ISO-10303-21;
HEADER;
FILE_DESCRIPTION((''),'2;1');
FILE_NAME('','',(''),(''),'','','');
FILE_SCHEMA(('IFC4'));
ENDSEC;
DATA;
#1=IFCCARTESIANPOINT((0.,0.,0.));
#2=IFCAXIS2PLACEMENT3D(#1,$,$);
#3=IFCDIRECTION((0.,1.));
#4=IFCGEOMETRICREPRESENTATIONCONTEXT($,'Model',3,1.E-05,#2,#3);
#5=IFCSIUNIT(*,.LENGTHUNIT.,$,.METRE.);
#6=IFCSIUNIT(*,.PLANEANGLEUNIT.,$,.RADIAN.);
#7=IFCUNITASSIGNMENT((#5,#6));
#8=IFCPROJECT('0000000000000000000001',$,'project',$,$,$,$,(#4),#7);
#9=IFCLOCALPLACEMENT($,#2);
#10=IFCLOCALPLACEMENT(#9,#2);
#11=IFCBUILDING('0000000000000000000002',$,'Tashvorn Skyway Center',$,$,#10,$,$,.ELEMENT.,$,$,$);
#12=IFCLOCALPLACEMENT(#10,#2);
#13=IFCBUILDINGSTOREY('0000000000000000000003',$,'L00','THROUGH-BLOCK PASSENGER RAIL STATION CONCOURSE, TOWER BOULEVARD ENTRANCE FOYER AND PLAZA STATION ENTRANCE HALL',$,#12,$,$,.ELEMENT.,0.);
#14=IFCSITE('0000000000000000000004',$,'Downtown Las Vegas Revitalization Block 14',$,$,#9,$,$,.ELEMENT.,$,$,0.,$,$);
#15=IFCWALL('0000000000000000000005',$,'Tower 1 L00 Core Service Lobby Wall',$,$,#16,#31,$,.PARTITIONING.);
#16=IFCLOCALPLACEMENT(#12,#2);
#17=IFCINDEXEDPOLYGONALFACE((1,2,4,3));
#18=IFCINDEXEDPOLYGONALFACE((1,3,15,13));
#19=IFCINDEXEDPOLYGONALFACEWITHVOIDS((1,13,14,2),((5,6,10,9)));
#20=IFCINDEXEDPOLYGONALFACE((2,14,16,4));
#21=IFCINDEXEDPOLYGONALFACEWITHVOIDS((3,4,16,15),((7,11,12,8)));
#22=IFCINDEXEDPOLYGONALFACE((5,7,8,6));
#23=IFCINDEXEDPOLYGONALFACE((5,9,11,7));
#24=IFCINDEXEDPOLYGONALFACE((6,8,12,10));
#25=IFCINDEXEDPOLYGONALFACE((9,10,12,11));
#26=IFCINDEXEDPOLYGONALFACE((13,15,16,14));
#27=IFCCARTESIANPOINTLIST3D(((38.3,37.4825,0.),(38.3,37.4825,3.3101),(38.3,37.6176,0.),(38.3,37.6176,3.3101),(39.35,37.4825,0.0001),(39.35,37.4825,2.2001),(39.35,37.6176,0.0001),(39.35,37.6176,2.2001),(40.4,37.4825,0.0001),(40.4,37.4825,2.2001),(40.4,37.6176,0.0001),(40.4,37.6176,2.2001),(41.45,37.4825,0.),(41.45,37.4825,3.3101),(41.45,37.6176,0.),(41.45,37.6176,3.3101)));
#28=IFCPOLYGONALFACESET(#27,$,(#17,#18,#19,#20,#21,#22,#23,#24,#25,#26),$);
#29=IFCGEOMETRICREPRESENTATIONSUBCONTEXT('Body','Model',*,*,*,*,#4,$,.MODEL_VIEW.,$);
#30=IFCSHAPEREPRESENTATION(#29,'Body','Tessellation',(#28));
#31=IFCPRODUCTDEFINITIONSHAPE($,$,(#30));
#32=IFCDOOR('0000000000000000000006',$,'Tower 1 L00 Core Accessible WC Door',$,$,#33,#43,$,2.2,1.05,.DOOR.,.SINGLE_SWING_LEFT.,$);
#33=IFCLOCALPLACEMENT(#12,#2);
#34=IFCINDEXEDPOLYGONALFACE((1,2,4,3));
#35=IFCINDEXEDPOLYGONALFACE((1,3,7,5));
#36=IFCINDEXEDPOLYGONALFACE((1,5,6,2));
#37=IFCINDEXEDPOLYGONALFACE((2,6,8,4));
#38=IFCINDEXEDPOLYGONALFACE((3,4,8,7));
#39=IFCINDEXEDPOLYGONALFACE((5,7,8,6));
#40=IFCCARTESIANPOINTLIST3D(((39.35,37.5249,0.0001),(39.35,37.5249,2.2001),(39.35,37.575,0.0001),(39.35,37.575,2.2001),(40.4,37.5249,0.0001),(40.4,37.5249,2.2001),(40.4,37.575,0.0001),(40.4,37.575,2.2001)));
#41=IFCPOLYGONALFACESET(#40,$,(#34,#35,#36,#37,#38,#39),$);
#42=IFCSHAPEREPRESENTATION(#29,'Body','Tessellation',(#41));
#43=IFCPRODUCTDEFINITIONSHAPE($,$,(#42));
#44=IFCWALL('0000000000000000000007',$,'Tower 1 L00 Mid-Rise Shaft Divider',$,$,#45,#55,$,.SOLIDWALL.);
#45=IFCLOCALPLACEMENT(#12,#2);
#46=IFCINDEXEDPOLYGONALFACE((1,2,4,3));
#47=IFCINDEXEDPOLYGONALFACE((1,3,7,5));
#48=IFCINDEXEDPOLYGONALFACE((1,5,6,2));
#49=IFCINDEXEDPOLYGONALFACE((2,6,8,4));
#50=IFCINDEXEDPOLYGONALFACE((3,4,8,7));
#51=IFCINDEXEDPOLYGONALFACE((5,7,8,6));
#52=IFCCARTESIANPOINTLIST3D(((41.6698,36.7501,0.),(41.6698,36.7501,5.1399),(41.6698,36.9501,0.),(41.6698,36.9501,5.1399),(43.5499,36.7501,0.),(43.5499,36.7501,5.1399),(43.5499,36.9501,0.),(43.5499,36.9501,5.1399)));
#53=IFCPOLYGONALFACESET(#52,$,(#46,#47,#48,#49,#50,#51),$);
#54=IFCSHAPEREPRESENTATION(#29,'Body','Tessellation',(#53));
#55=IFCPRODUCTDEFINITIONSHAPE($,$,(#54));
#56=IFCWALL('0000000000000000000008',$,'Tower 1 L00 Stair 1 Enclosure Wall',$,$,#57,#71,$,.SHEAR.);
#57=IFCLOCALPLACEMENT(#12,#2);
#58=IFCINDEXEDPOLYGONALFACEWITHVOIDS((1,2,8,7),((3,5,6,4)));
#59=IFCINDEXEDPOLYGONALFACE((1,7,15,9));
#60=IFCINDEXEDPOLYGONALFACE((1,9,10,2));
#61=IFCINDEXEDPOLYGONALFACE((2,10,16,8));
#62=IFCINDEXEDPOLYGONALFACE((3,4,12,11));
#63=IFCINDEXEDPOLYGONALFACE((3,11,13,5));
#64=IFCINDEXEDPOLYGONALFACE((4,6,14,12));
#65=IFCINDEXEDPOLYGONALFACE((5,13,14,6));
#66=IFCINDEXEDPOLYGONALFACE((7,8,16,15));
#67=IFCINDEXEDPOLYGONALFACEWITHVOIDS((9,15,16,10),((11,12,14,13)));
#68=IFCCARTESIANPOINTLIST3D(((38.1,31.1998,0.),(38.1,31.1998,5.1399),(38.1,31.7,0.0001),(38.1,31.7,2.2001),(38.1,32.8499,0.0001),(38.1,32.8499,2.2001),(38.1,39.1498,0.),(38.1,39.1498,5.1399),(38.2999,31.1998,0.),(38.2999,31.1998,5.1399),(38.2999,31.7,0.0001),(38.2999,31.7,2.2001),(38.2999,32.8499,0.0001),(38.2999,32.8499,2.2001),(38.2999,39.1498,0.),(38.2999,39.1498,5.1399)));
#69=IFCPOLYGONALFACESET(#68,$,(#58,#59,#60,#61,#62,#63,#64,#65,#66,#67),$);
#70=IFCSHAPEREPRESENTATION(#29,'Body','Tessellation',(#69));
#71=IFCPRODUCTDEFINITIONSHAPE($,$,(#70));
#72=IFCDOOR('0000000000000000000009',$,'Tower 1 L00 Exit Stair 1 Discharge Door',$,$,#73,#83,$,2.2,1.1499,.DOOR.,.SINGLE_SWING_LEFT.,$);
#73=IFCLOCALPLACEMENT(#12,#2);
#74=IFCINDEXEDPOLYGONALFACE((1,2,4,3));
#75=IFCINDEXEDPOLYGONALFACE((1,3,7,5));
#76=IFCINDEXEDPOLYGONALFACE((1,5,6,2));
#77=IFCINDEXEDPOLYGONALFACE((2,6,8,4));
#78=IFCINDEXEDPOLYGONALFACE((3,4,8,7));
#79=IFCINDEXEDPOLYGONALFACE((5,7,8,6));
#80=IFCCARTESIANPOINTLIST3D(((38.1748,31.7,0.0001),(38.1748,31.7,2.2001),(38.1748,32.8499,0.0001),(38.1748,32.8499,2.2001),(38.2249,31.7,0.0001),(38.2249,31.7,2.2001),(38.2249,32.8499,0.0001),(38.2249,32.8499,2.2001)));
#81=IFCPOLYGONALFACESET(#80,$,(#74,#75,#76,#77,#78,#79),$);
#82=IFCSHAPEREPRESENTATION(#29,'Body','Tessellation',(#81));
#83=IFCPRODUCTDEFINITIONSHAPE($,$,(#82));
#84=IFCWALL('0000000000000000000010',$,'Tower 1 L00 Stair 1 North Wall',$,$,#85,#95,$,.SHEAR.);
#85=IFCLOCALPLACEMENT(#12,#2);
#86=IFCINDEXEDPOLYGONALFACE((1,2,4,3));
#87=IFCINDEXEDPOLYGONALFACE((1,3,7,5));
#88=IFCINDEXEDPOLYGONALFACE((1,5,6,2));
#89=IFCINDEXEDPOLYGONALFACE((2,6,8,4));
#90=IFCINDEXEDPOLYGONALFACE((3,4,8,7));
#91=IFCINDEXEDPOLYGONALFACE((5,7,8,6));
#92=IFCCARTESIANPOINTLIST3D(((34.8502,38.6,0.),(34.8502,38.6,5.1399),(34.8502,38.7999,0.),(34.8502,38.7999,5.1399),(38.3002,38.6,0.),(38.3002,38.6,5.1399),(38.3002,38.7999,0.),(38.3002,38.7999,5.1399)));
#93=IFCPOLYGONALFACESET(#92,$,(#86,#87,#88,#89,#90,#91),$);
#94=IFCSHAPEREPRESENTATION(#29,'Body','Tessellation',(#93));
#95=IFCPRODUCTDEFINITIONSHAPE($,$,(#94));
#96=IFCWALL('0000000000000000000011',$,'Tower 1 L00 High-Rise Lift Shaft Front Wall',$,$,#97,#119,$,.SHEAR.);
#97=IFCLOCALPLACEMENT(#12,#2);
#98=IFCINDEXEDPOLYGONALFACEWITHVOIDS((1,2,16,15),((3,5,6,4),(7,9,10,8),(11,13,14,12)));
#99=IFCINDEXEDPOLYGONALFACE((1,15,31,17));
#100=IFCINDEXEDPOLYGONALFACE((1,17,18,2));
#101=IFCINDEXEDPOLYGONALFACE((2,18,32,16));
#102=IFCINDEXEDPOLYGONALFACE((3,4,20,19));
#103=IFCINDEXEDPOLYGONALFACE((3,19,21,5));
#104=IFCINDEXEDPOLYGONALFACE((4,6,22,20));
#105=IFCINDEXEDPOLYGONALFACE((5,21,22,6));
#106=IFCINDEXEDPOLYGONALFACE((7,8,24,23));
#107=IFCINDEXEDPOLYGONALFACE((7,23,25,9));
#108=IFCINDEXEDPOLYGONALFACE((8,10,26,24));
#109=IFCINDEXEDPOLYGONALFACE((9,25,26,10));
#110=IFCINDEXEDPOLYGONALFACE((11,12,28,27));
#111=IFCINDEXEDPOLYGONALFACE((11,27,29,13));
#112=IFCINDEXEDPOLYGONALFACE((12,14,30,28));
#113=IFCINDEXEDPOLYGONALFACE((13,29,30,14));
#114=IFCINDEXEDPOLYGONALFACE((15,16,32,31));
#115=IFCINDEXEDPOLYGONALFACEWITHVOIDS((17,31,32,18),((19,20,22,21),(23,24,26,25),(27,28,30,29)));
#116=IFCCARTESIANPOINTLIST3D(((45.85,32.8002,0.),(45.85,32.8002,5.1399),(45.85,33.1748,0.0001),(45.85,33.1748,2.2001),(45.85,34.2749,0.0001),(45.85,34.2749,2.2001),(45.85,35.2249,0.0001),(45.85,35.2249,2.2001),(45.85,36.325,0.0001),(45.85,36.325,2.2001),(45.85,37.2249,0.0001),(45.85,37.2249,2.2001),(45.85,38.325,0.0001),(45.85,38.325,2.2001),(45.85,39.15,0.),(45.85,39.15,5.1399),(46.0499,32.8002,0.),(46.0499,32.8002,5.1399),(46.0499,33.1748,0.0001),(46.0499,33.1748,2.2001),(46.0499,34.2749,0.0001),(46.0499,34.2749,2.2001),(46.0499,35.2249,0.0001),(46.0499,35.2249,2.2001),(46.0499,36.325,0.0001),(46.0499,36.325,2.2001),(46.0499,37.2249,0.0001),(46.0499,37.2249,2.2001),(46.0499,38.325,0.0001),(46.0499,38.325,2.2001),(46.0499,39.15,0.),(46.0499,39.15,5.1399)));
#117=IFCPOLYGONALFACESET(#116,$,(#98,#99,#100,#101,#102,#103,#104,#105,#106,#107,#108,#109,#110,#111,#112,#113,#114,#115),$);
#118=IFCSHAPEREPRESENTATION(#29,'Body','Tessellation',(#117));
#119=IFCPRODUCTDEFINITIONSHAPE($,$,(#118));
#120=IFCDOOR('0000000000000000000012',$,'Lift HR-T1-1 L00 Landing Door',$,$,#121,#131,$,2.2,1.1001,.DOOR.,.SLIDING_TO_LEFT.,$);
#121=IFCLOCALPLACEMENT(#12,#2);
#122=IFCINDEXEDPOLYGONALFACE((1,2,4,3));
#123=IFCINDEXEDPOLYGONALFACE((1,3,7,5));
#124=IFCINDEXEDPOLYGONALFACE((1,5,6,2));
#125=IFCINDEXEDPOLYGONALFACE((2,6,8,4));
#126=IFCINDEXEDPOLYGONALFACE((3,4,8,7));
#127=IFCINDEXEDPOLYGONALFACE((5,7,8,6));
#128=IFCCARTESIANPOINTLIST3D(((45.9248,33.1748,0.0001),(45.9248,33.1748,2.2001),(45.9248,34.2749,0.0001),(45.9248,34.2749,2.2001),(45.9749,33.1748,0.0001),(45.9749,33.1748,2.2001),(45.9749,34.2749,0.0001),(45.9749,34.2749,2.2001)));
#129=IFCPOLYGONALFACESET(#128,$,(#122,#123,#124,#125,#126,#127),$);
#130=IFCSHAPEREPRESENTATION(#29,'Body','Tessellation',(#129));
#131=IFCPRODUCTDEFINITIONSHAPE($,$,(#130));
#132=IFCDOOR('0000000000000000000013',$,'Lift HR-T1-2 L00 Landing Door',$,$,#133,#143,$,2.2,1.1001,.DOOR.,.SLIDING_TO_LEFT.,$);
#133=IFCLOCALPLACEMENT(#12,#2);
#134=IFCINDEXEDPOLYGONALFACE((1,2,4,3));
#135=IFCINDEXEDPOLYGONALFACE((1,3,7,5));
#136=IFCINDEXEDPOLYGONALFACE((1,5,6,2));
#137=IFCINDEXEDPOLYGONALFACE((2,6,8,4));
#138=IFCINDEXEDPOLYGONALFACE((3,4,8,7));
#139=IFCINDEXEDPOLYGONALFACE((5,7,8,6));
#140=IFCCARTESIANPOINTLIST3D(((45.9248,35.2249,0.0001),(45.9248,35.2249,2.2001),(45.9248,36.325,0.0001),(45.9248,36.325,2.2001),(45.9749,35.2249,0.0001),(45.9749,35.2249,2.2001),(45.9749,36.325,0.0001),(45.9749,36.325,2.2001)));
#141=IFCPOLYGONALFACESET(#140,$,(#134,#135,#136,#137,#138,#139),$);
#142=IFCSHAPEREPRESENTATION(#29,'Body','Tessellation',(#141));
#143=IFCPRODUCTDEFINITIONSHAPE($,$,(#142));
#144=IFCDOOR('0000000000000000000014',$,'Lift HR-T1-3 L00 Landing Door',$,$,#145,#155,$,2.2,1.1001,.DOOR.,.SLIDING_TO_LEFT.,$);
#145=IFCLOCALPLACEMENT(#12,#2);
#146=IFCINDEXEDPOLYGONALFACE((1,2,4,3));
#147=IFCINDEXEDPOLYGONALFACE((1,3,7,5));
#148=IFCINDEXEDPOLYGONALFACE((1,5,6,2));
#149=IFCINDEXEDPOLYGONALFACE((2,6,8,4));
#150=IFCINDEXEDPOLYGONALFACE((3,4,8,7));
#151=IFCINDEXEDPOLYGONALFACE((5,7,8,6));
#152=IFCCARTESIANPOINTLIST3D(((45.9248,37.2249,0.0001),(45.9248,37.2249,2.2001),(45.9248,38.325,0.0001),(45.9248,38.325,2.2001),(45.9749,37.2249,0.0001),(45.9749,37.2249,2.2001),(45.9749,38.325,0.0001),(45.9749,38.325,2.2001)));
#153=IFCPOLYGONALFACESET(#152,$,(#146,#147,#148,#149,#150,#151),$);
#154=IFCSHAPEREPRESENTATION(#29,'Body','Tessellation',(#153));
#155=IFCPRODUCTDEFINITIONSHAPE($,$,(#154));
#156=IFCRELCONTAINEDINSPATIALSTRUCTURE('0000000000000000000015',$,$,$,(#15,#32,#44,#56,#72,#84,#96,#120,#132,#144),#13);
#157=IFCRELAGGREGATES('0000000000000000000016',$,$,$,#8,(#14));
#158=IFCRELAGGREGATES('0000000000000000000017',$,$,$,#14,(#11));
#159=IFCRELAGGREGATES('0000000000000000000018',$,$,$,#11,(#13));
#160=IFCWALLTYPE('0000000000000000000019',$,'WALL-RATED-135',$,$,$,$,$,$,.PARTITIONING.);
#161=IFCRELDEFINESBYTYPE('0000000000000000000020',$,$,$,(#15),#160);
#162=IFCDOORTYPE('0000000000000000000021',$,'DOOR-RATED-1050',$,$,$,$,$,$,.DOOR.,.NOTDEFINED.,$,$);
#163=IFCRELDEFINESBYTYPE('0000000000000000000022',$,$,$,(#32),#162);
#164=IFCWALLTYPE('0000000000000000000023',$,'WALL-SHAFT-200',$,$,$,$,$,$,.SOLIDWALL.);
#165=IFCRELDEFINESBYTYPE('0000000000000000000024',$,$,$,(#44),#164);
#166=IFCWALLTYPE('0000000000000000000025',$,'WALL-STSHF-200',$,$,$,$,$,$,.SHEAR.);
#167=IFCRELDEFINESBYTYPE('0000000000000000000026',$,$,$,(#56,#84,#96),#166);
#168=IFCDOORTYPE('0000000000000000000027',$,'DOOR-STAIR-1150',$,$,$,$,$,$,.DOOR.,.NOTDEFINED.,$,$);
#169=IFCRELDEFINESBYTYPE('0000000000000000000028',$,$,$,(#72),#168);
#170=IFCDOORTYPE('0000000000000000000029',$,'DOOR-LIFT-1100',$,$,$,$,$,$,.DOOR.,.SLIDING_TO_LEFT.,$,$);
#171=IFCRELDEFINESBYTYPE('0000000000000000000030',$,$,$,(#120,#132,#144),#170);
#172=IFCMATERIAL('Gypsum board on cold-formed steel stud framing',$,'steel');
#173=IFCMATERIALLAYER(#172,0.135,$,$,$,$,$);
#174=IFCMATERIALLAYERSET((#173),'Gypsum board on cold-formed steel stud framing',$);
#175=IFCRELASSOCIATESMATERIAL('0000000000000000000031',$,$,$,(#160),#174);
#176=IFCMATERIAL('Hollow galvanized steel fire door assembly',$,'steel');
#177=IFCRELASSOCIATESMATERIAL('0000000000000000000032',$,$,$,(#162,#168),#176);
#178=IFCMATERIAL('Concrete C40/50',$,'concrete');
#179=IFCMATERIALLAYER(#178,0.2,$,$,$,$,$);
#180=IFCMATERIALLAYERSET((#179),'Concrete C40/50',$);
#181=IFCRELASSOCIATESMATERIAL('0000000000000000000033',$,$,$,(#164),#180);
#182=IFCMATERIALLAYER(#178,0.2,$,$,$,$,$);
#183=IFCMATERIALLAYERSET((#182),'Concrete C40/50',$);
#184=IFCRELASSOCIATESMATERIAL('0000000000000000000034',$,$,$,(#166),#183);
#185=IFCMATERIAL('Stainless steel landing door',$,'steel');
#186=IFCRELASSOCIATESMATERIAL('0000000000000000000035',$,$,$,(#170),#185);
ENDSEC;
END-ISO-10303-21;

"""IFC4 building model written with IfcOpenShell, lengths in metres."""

from ifc_helpers import new_model, si_unit, direction, frame, frame_2d, origin, place, context, subcontext, project, spatial, rectangle, extrude, material, layer, layer_set, type_object, element, fill, save


model = new_model("IFC4")

# Units and contexts
model_context = context("Model", 3, precision=1e-05, world=origin(), true_north=direction((0.0, 1.0)))
body_context = subcontext(model_context, "Body", "Model", "MODEL_VIEW")
ifc_project = project(units=[si_unit("LENGTHUNIT", "METRE"), si_unit("PLANEANGLEUNIT", "RADIAN")], contexts=[model_context])

# Site, building, storey
site_placement = place(None, origin())
site = spatial("IfcSite", under=ifc_project, at=site_placement, Name="Downtown Las Vegas Revitalization Block 14", CompositionType="ELEMENT", RefElevation=0.0)
building_placement = place(site_placement, origin())
building = spatial("IfcBuilding", under=site, at=building_placement, Name="Tashvorn Skyway Center", CompositionType="ELEMENT")
storey_placement = place(building_placement, origin())
storey = spatial("IfcBuildingStorey", under=building, at=storey_placement, Name="L00", Description="THROUGH-BLOCK PASSENGER RAIL STATION CONCOURSE, TOWER BOULEVARD ENTRANCE FOYER AND PLAZA STATION ENTRANCE HALL", CompositionType="ELEMENT", Elevation=0.0)

# Shared definitions
ifc_material_1 = material(Name="Hollow galvanized steel fire door assembly", Category="steel")

# Wall, opening, door
ifc_material_2 = material(Name="Gypsum board on cold-formed steel stud framing", Category="steel")
ifc_layer_1 = layer(ifc_material_2, 0.135)
ifc_layer_set_1 = layer_set([ifc_layer_1], Name="Gypsum board on cold-formed steel stud framing")
wall_type_1 = type_object("IfcWallType", Name="WALL-RATED-135", PredefinedType="PARTITIONING", material=ifc_layer_set_1)
wall_1_placement = place(storey_placement, frame((38.3, 37.55, 0.0), z_axis=(0.0, 0.0, 1.0), x_axis=(1.0, 0.0, 0.0)))
wall_1 = element("IfcWall", 1, at=wall_1_placement, inside=storey, type_object=wall_type_1, Name="Tower 1 L00 Core Service Lobby Wall", PredefinedType="PARTITIONING", context=body_context, shape_type="SweptSolid", body=[
    extrude(rectangle(XDim=3.1499, YDim=0.135, at=frame_2d((1.575, 0.0))), origin(), (0.0, 0.0, 1.0), 3.3101),
])
opening_1_placement = place(wall_1_placement, frame((1.05, 0.0, 0.0)))
opening_1 = element("IfcOpeningElement", 2, at=opening_1_placement, cuts=wall_1, PredefinedType="OPENING", context=body_context, shape_type="SweptSolid", body=[
    extrude(rectangle(XDim=1.05, YDim=2.2, at=frame_2d((0.5249, 1.1001))), frame((0.0, 0.0774, 0.0), z_axis=(0.0, -1.0, 0.0), x_axis=(1.0, 0.0, 0.0)), (0.0, 0.0, 1.0), 0.155),
])
door_type_1 = type_object("IfcDoorType", Name="DOOR-RATED-1050", OperationType="NOTDEFINED", PredefinedType="DOOR", material=ifc_material_1)
door_1_placement = place(opening_1_placement, origin())
door_1 = element("IfcDoor", 3, at=door_1_placement, inside=storey, type_object=door_type_1, Name="Tower 1 L00 Core Accessible WC Door", OperationType="SINGLE_SWING_LEFT", OverallHeight=2.2, OverallWidth=1.05, PredefinedType="DOOR", context=body_context, shape_type="SweptSolid", body=[
    extrude(rectangle(XDim=1.05, YDim=2.2, at=frame_2d((0.5249, 1.1001))), frame((0.0, 0.0249, 0.0), z_axis=(0.0, -1.0, 0.0), x_axis=(1.0, 0.0, 0.0)), (0.0, 0.0, 1.0), 0.05),
])
fill(opening_1, door_1)

# Wall
ifc_material_3 = material(Name="Concrete C40/50", Category="concrete")
ifc_layer_2 = layer(ifc_material_3, 0.2)
ifc_layer_set_2 = layer_set([ifc_layer_2], Name="Concrete C40/50")
wall_type_2 = type_object("IfcWallType", Name="WALL-SHAFT-200", PredefinedType="SOLIDWALL", material=ifc_layer_set_2)
wall_2_placement = place(storey_placement, frame((41.6699, 36.8501, 0.0), z_axis=(0.0, 0.0, 1.0), x_axis=(1.0, 0.0, 0.0)))
element("IfcWall", 4, at=wall_2_placement, inside=storey, type_object=wall_type_2, Name="Tower 1 L00 Mid-Rise Shaft Divider", PredefinedType="SOLIDWALL", context=body_context, shape_type="SweptSolid", body=[
    extrude(rectangle(XDim=1.8801, YDim=0.2, at=frame_2d((0.9399, 0.0))), origin(), (0.0, 0.0, 1.0), 5.1399),
])

# Wall, opening, door
ifc_layer_3 = layer(ifc_material_3, 0.2)
ifc_layer_set_3 = layer_set([ifc_layer_3], Name="Concrete C40/50")
wall_type_3 = type_object("IfcWallType", Name="WALL-STSHF-200", PredefinedType="SHEAR", material=ifc_layer_set_3)
wall_3_placement = place(storey_placement, frame((38.2, 39.1499, 0.0), z_axis=(0.0, 0.0, 1.0), x_axis=(0.0, -1.0, 0.0)))
wall_3 = element("IfcWall", 5, at=wall_3_placement, inside=storey, type_object=wall_type_3, Name="Tower 1 L00 Stair 1 Enclosure Wall", PredefinedType="SHEAR", context=body_context, shape_type="SweptSolid", body=[
    extrude(rectangle(XDim=7.95, YDim=0.2, at=frame_2d((3.9751, 0.0))), origin(), (0.0, 0.0, 1.0), 5.1399),
])
opening_2_placement = place(wall_3_placement, frame((6.3, 0.0, 0.0)))
opening_2 = element("IfcOpeningElement", 6, at=opening_2_placement, cuts=wall_3, PredefinedType="OPENING", context=body_context, shape_type="SweptSolid", body=[
    extrude(rectangle(XDim=1.1499, YDim=2.2, at=frame_2d((0.575, 1.1001))), frame((0.0, 0.1099, 0.0), z_axis=(0.0, -1.0, 0.0), x_axis=(1.0, 0.0, 0.0)), (0.0, 0.0, 1.0), 0.22),
])
door_type_2 = type_object("IfcDoorType", Name="DOOR-STAIR-1150", OperationType="NOTDEFINED", PredefinedType="DOOR", material=ifc_material_1)
door_2_placement = place(opening_2_placement, origin())
door_2 = element("IfcDoor", 7, at=door_2_placement, inside=storey, type_object=door_type_2, Name="Tower 1 L00 Exit Stair 1 Discharge Door", OperationType="SINGLE_SWING_LEFT", OverallHeight=2.2, OverallWidth=1.1499, PredefinedType="DOOR", context=body_context, shape_type="SweptSolid", body=[
    extrude(rectangle(XDim=1.1499, YDim=2.2, at=frame_2d((0.575, 1.1001))), frame((0.0, 0.0249, 0.0), z_axis=(0.0, -1.0, 0.0), x_axis=(1.0, 0.0, 0.0)), (0.0, 0.0, 1.0), 0.05),
])
fill(opening_2, door_2)

# Wall
wall_4_placement = place(storey_placement, frame((34.8501, 38.7, 0.0), z_axis=(0.0, 0.0, 1.0), x_axis=(1.0, 0.0, 0.0)))
element("IfcWall", 8, at=wall_4_placement, inside=storey, type_object=wall_type_3, Name="Tower 1 L00 Stair 1 North Wall", PredefinedType="SHEAR", context=body_context, shape_type="SweptSolid", body=[
    extrude(rectangle(XDim=3.45, YDim=0.2, at=frame_2d((1.7251, 0.0))), origin(), (0.0, 0.0, 1.0), 5.1399),
])

# Wall, openings, doors
wall_5_placement = place(storey_placement, frame((45.95, 39.1499, 0.0), z_axis=(0.0, 0.0, 1.0), x_axis=(0.0, -1.0, 0.0)))
wall_5 = element("IfcWall", 9, at=wall_5_placement, inside=storey, type_object=wall_type_3, Name="Tower 1 L00 High-Rise Lift Shaft Front Wall", PredefinedType="SHEAR", context=body_context, shape_type="SweptSolid", body=[
    extrude(rectangle(XDim=6.3499, YDim=0.2, at=frame_2d((3.1748, 0.0))), origin(), (0.0, 0.0, 1.0), 5.1399),
])
opening_3_placement = place(wall_5_placement, frame((4.875, 0.0, 0.0)))
opening_3 = element("IfcOpeningElement", 10, at=opening_3_placement, cuts=wall_5, PredefinedType="OPENING", context=body_context, shape_type="SweptSolid", body=[
    extrude(rectangle(XDim=1.1001, YDim=2.2, at=frame_2d((0.55, 1.1001))), frame((0.0, 0.1099, 0.0), z_axis=(0.0, -1.0, 0.0), x_axis=(1.0, 0.0, 0.0)), (0.0, 0.0, 1.0), 0.22),
])
opening_4_placement = place(wall_5_placement, frame((2.825, 0.0, 0.0)))
opening_4 = element("IfcOpeningElement", 11, at=opening_4_placement, cuts=wall_5, PredefinedType="OPENING", context=body_context, shape_type="SweptSolid", body=[
    extrude(rectangle(XDim=1.1001, YDim=2.2, at=frame_2d((0.55, 1.1001))), frame((0.0, 0.1099, 0.0), z_axis=(0.0, -1.0, 0.0), x_axis=(1.0, 0.0, 0.0)), (0.0, 0.0, 1.0), 0.22),
])
opening_5_placement = place(wall_5_placement, frame((0.825, 0.0, 0.0)))
opening_5 = element("IfcOpeningElement", 12, at=opening_5_placement, cuts=wall_5, PredefinedType="OPENING", context=body_context, shape_type="SweptSolid", body=[
    extrude(rectangle(XDim=1.1001, YDim=2.2, at=frame_2d((0.55, 1.1001))), frame((0.0, 0.1099, 0.0), z_axis=(0.0, -1.0, 0.0), x_axis=(1.0, 0.0, 0.0)), (0.0, 0.0, 1.0), 0.22),
])
ifc_material_4 = material(Name="Stainless steel landing door", Category="steel")
door_type_3 = type_object("IfcDoorType", Name="DOOR-LIFT-1100", OperationType="SLIDING_TO_LEFT", PredefinedType="DOOR", material=ifc_material_4)
door_3_placement = place(opening_3_placement, origin())
door_3 = element("IfcDoor", 13, at=door_3_placement, inside=storey, type_object=door_type_3, Name="Lift HR-T1-1 L00 Landing Door", OperationType="SLIDING_TO_LEFT", OverallHeight=2.2, OverallWidth=1.1001, PredefinedType="DOOR", context=body_context, shape_type="SweptSolid", body=[
    extrude(rectangle(XDim=1.1001, YDim=2.2, at=frame_2d((0.55, 1.1001))), frame((0.0, 0.0249, 0.0), z_axis=(0.0, -1.0, 0.0), x_axis=(1.0, 0.0, 0.0)), (0.0, 0.0, 1.0), 0.05),
])
fill(opening_3, door_3)
door_4_placement = place(opening_4_placement, origin())
door_4 = element("IfcDoor", 14, at=door_4_placement, inside=storey, type_object=door_type_3, Name="Lift HR-T1-2 L00 Landing Door", OperationType="SLIDING_TO_LEFT", OverallHeight=2.2, OverallWidth=1.1001, PredefinedType="DOOR", context=body_context, shape_type="SweptSolid", body=[
    extrude(rectangle(XDim=1.1001, YDim=2.2, at=frame_2d((0.55, 1.1001))), frame((0.0, 0.0249, 0.0), z_axis=(0.0, -1.0, 0.0), x_axis=(1.0, 0.0, 0.0)), (0.0, 0.0, 1.0), 0.05),
])
fill(opening_4, door_4)
door_5_placement = place(opening_5_placement, origin())
door_5 = element("IfcDoor", 15, at=door_5_placement, inside=storey, type_object=door_type_3, Name="Lift HR-T1-3 L00 Landing Door", OperationType="SLIDING_TO_LEFT", OverallHeight=2.2, OverallWidth=1.1001, PredefinedType="DOOR", context=body_context, shape_type="SweptSolid", body=[
    extrude(rectangle(XDim=1.1001, YDim=2.2, at=frame_2d((0.55, 1.1001))), frame((0.0, 0.0249, 0.0), z_axis=(0.0, -1.0, 0.0), x_axis=(1.0, 0.0, 0.0)), (0.0, 0.0, 1.0), 0.05),
])
fill(opening_5, door_5)

save(model, "model.ifc")
